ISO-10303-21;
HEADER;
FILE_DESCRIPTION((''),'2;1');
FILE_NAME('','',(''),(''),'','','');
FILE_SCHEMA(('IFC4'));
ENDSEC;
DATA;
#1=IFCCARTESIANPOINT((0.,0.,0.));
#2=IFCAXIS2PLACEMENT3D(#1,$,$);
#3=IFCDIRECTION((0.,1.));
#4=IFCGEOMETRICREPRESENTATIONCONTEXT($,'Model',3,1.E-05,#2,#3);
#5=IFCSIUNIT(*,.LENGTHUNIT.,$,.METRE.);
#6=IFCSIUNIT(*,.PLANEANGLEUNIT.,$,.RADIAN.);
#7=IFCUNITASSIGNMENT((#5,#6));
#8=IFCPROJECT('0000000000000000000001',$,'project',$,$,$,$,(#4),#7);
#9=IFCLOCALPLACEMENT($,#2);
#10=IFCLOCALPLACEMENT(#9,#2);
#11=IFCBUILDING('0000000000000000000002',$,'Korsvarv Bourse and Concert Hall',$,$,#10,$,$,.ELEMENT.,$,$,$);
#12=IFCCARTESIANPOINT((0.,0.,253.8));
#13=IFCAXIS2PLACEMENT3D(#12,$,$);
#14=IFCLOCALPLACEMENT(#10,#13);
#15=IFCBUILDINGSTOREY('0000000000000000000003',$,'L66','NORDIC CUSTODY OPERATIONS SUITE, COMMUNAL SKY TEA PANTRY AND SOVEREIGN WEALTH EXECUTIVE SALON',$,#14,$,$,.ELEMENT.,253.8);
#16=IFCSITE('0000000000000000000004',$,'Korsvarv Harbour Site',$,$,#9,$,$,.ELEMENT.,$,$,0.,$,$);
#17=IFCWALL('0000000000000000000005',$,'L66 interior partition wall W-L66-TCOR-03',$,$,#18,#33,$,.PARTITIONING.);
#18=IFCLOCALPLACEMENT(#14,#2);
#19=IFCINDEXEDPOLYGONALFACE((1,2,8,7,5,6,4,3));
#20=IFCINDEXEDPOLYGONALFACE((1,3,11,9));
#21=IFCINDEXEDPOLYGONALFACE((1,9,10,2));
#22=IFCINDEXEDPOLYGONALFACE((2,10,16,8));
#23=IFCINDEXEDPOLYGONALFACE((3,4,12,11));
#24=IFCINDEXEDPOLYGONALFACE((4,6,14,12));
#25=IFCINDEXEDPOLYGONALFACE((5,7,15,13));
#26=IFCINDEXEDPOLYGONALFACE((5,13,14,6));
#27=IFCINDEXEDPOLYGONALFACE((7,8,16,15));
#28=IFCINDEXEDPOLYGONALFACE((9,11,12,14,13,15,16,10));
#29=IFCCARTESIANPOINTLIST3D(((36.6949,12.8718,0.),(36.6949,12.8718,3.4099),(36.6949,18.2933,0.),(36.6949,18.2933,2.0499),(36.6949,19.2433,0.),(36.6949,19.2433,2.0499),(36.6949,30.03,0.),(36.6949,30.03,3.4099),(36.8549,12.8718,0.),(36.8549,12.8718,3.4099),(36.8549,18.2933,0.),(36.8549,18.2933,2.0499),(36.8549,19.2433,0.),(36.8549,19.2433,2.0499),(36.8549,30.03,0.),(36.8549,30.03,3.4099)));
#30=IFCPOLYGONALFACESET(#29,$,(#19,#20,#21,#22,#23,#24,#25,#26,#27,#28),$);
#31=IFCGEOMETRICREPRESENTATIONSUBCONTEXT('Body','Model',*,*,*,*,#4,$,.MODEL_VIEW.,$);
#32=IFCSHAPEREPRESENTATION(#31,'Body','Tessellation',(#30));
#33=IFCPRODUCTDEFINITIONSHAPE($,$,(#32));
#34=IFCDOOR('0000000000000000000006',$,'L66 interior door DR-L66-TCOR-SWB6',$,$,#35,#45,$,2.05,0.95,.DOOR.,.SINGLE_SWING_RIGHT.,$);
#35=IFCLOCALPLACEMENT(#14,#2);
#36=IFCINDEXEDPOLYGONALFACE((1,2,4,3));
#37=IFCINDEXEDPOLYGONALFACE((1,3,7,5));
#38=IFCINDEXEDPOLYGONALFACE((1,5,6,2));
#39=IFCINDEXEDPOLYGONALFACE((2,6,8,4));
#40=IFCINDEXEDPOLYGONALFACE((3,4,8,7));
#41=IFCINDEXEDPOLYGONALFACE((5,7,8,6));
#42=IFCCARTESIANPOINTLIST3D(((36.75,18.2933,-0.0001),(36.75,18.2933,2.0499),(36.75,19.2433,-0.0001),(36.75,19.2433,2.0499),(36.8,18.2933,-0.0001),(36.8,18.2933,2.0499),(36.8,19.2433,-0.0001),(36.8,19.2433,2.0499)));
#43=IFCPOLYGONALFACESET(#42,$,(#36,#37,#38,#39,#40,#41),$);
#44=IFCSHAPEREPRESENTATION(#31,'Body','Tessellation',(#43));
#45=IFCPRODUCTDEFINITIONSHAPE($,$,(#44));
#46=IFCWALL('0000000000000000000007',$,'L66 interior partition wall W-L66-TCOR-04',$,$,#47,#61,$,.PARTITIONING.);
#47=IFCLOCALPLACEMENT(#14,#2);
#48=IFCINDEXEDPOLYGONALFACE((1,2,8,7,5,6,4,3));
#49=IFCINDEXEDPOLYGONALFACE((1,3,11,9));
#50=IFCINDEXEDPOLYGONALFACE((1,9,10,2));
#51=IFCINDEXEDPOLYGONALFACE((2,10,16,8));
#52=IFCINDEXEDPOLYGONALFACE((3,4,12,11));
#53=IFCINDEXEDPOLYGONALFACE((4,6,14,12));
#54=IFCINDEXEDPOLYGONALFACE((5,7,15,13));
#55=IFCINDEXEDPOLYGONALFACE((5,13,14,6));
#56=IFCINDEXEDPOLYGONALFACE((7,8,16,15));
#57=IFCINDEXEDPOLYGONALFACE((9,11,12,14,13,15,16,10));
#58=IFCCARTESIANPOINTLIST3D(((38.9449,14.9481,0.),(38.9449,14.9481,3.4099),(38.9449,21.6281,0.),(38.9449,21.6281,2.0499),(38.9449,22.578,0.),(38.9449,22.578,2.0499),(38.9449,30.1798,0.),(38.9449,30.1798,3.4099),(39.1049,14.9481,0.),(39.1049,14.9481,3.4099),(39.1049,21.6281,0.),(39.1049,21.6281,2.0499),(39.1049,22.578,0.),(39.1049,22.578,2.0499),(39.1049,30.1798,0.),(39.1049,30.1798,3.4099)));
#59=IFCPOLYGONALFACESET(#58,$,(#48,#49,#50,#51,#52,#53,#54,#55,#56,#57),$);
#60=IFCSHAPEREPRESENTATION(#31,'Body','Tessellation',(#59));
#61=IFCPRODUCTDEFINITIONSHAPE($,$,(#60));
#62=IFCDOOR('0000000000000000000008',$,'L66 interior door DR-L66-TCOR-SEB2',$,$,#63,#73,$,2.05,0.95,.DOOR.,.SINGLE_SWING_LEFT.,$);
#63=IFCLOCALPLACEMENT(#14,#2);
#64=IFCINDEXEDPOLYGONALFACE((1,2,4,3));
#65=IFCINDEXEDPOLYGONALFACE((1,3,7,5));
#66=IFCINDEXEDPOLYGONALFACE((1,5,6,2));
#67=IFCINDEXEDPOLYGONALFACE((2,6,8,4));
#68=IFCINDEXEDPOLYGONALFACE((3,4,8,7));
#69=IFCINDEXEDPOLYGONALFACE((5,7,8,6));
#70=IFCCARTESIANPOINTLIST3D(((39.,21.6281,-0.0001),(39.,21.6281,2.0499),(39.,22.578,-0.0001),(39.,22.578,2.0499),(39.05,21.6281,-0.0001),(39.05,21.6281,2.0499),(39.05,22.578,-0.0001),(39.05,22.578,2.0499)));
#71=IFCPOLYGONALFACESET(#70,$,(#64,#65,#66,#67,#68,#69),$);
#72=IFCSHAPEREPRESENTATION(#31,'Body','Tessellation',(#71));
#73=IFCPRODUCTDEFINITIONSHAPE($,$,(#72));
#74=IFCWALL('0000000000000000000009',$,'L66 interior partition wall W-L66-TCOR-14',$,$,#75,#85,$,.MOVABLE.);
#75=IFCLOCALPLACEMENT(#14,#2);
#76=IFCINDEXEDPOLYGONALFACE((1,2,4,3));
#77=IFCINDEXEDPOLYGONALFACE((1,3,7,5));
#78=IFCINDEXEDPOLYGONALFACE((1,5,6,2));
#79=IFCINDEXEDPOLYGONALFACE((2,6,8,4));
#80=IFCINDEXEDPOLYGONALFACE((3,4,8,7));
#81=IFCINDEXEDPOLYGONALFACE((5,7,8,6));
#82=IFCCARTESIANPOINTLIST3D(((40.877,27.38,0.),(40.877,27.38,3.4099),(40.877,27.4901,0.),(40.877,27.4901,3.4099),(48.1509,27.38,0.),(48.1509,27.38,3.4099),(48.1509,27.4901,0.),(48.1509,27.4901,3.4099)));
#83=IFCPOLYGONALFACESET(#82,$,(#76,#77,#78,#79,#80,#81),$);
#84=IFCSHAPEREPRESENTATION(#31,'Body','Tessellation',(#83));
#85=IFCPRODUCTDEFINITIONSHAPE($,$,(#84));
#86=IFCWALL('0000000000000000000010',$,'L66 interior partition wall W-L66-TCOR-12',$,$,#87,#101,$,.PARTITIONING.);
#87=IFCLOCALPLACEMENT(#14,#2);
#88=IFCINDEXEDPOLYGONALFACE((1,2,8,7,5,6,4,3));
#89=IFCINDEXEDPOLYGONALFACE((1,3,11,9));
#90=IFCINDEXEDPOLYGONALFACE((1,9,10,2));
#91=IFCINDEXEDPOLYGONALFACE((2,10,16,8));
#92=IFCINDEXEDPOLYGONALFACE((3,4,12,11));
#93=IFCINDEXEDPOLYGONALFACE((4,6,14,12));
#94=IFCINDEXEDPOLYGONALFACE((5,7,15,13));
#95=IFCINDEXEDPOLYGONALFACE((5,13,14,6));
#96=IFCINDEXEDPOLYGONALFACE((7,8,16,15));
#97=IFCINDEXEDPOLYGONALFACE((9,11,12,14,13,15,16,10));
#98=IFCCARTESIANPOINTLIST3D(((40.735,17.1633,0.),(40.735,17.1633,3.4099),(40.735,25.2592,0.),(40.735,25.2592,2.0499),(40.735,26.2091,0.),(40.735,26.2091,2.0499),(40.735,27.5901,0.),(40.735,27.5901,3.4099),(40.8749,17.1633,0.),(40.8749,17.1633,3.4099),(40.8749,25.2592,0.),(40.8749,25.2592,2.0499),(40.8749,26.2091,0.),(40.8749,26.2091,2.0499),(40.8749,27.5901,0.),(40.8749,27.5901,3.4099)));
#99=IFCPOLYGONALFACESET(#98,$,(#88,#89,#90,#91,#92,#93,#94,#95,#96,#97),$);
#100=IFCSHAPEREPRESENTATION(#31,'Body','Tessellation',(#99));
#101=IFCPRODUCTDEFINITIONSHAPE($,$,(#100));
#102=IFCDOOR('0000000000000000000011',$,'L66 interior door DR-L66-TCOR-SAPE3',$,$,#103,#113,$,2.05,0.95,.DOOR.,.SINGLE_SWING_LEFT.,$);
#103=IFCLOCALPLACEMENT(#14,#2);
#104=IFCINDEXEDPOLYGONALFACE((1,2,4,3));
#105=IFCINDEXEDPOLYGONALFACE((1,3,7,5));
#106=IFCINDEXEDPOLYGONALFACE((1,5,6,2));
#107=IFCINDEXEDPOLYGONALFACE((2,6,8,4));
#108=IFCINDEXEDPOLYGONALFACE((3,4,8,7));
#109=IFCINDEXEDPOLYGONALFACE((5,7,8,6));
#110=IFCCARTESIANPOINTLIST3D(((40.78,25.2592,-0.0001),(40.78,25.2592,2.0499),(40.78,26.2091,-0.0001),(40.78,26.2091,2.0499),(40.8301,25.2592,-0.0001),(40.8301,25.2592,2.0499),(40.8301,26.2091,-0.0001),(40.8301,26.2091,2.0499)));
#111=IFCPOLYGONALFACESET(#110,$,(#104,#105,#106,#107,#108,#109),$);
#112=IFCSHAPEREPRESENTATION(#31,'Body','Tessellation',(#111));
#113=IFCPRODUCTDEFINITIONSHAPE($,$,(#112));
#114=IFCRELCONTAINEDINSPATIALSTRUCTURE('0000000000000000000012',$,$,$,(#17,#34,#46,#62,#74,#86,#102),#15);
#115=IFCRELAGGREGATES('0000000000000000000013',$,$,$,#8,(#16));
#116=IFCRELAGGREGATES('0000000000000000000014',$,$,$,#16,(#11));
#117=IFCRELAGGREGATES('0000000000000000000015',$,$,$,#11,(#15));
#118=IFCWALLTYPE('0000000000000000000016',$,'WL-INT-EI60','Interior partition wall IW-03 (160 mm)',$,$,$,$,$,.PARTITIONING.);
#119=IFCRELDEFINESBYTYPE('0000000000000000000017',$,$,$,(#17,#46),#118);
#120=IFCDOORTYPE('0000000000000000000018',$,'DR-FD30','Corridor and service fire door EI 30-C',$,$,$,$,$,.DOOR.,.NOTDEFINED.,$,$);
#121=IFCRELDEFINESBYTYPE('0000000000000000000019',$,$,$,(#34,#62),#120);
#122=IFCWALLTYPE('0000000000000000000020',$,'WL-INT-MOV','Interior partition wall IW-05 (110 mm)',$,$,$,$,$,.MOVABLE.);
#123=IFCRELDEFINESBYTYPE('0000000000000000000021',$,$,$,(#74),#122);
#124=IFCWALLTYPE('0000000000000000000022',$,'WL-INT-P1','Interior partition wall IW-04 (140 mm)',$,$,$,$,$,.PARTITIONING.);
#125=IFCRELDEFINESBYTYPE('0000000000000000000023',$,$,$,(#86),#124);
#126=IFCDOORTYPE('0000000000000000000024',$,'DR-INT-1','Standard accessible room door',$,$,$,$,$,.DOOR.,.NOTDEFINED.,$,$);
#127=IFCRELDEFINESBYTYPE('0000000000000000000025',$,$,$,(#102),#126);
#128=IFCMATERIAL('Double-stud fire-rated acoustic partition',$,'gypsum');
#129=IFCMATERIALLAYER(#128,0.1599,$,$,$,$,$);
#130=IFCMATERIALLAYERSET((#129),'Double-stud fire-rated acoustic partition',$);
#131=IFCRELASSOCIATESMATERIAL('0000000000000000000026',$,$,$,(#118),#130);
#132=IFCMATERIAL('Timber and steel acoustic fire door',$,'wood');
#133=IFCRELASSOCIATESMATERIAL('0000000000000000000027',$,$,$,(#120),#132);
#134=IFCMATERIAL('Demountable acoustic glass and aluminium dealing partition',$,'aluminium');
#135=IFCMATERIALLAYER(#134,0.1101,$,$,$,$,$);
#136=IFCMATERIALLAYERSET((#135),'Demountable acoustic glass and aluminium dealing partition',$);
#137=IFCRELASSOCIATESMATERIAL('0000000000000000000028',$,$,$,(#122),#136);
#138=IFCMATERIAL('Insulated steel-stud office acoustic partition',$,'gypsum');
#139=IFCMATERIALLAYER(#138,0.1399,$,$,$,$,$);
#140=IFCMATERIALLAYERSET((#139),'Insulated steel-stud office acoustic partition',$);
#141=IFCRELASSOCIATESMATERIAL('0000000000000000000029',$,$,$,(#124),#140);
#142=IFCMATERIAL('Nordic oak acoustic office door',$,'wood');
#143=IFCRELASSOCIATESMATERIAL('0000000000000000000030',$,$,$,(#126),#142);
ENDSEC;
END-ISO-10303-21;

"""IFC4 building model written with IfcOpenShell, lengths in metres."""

from ifc_helpers import new_model, si_unit, direction, frame, frame_2d, origin, place, context, subcontext, project, spatial, rectangle, extrude, material, layer, layer_set, type_object, element, fill, save


model = new_model("IFC4")

# Units and contexts
model_context = context("Model", 3, precision=1e-05, world=origin(), true_north=direction((0.0, 1.0)))
body_context = subcontext(model_context, "Body", "Model", "MODEL_VIEW")
ifc_project = project(units=[si_unit("LENGTHUNIT", "METRE"), si_unit("PLANEANGLEUNIT", "RADIAN")], contexts=[model_context])

# Site, building, storey
site_placement = place(None, origin())
site = spatial("IfcSite", under=ifc_project, at=site_placement, Name="Korsvarv Harbour Site", CompositionType="ELEMENT", RefElevation=0.0)
building_placement = place(site_placement, origin())
building = spatial("IfcBuilding", under=site, at=building_placement, Name="Korsvarv Bourse and Concert Hall", CompositionType="ELEMENT")
storey_placement = place(building_placement, frame((0.0, 0.0, 253.8)))
storey = spatial("IfcBuildingStorey", under=building, at=storey_placement, Name="L66", Description="NORDIC CUSTODY OPERATIONS SUITE, COMMUNAL SKY TEA PANTRY AND SOVEREIGN WEALTH EXECUTIVE SALON", CompositionType="ELEMENT", Elevation=253.8)

# Walls, openings, doors
ifc_material_1 = material(Name="Double-stud fire-rated acoustic partition", Category="gypsum")
ifc_layer_1 = layer(ifc_material_1, 0.1599)
ifc_layer_set_1 = layer_set([ifc_layer_1], Name="Double-stud fire-rated acoustic partition")
wall_type_1 = type_object("IfcWallType", Name="WL-INT-EI60", Description="Interior partition wall IW-03 (160 mm)", PredefinedType="PARTITIONING", material=ifc_layer_set_1)
wall_1_placement = place(storey_placement, frame((36.7749, 12.8718, 0.0), z_axis=(0.0, 0.0, 1.0), x_axis=(0.0, 1.0, 0.0)))
wall_1 = element("IfcWall", 1, at=wall_1_placement, inside=storey, type_object=wall_type_1, Name="L66 interior partition wall W-L66-TCOR-03", PredefinedType="PARTITIONING", context=body_context, shape_type="SweptSolid", body=[
    extrude(rectangle(XDim=17.1582, YDim=0.1599, at=frame_2d((8.5791, 0.0))), origin(), (0.0, 0.0, 1.0), 3.4099),
])
opening_1_placement = place(wall_1_placement, frame((5.4214, 0.0, 0.0)))
opening_1 = element("IfcOpeningElement", 2, at=opening_1_placement, cuts=wall_1, PredefinedType="OPENING", context=body_context, shape_type="SweptSolid", body=[
    extrude(rectangle(XDim=0.95, YDim=2.05, at=frame_2d((0.4751, 1.0249))), frame((0.0, 0.0898, 0.0), z_axis=(0.0, -1.0, 0.0), x_axis=(1.0, 0.0, 0.0)), (0.0, 0.0, 1.0), 0.1799),
])
ifc_material_2 = material(Name="Timber and steel acoustic fire door", Category="wood")
door_type_1 = type_object("IfcDoorType", Name="DR-FD30", Description="Corridor and service fire door EI 30-C", OperationType="NOTDEFINED", PredefinedType="DOOR", material=ifc_material_2)
door_1_placement = place(opening_1_placement, origin())
door_1 = element("IfcDoor", 3, at=door_1_placement, inside=storey, type_object=door_type_1, Name="L66 interior door DR-L66-TCOR-SWB6", OperationType="SINGLE_SWING_RIGHT", OverallHeight=2.05, OverallWidth=0.95, PredefinedType="DOOR", context=body_context, shape_type="SweptSolid", body=[
    extrude(rectangle(XDim=0.95, YDim=2.05, at=frame_2d((0.4751, 1.0249))), frame((0.0, 0.0249, 0.0), z_axis=(0.0, -1.0, 0.0), x_axis=(1.0, 0.0, 0.0)), (0.0, 0.0, 1.0), 0.05),
])
fill(opening_1, door_1)
wall_2_placement = place(storey_placement, frame((39.0249, 14.9482, 0.0), z_axis=(0.0, 0.0, 1.0), x_axis=(0.0, 1.0, 0.0)))
wall_2 = element("IfcWall", 4, at=wall_2_placement, inside=storey, type_object=wall_type_1, Name="L66 interior partition wall W-L66-TCOR-04", PredefinedType="PARTITIONING", context=body_context, shape_type="SweptSolid", body=[
    extrude(rectangle(XDim=15.2317, YDim=0.1599, at=frame_2d((7.6157, 0.0))), origin(), (0.0, 0.0, 1.0), 3.4099),
])
opening_2_placement = place(wall_2_placement, frame((6.6797, 0.0, 0.0)))
opening_2 = element("IfcOpeningElement", 5, at=opening_2_placement, cuts=wall_2, PredefinedType="OPENING", context=body_context, shape_type="SweptSolid", body=[
    extrude(rectangle(XDim=0.95, YDim=2.05, at=frame_2d((0.4751, 1.0249))), frame((0.0, 0.0898, 0.0), z_axis=(0.0, -1.0, 0.0), x_axis=(1.0, 0.0, 0.0)), (0.0, 0.0, 1.0), 0.1799),
])
door_2_placement = place(opening_2_placement, origin())
door_2 = element("IfcDoor", 6, at=door_2_placement, inside=storey, type_object=door_type_1, Name="L66 interior door DR-L66-TCOR-SEB2", OperationType="SINGLE_SWING_LEFT", OverallHeight=2.05, OverallWidth=0.95, PredefinedType="DOOR", context=body_context, shape_type="SweptSolid", body=[
    extrude(rectangle(XDim=0.95, YDim=2.05, at=frame_2d((0.4751, 1.0249))), frame((0.0, 0.0249, 0.0), z_axis=(0.0, -1.0, 0.0), x_axis=(1.0, 0.0, 0.0)), (0.0, 0.0, 1.0), 0.05),
])
fill(opening_2, door_2)

# Wall
ifc_material_3 = material(Name="Demountable acoustic glass and aluminium dealing partition", Category="aluminium")
ifc_layer_2 = layer(ifc_material_3, 0.1101)
ifc_layer_set_2 = layer_set([ifc_layer_2], Name="Demountable acoustic glass and aluminium dealing partition")
wall_type_2 = type_object("IfcWallType", Name="WL-INT-MOV", Description="Interior partition wall IW-05 (110 mm)", PredefinedType="MOVABLE", material=ifc_layer_set_2)
wall_3_placement = place(storey_placement, frame((40.877, 27.4351, 0.0), z_axis=(0.0, 0.0, 1.0), x_axis=(1.0, 0.0, 0.0)))
element("IfcWall", 7, at=wall_3_placement, inside=storey, type_object=wall_type_2, Name="L66 interior partition wall W-L66-TCOR-14", PredefinedType="MOVABLE", context=body_context, shape_type="SweptSolid", body=[
    extrude(rectangle(XDim=7.2739, YDim=0.1101, at=frame_2d((3.637, 0.0))), origin(), (0.0, 0.0, 1.0), 3.4099),
])

# Wall, opening, door
ifc_material_4 = material(Name="Insulated steel-stud office acoustic partition", Category="gypsum")
ifc_layer_3 = layer(ifc_material_4, 0.1399)
ifc_layer_set_3 = layer_set([ifc_layer_3], Name="Insulated steel-stud office acoustic partition")
wall_type_3 = type_object("IfcWallType", Name="WL-INT-P1", Description="Interior partition wall IW-04 (140 mm)", PredefinedType="PARTITIONING", material=ifc_layer_set_3)
wall_4_placement = place(storey_placement, frame((40.8049, 17.1633, 0.0), z_axis=(0.0, 0.0, 1.0), x_axis=(0.0, 1.0, 0.0)))
wall_4 = element("IfcWall", 8, at=wall_4_placement, inside=storey, type_object=wall_type_3, Name="L66 interior partition wall W-L66-TCOR-12", PredefinedType="PARTITIONING", context=body_context, shape_type="SweptSolid", body=[
    extrude(rectangle(XDim=10.4268, YDim=0.1399, at=frame_2d((5.2134, 0.0))), origin(), (0.0, 0.0, 1.0), 3.4099),
])
opening_3_placement = place(wall_4_placement, frame((8.0957, 0.0, 0.0)))
opening_3 = element("IfcOpeningElement", 9, at=opening_3_placement, cuts=wall_4, PredefinedType="OPENING", context=body_context, shape_type="SweptSolid", body=[
    extrude(rectangle(XDim=0.95, YDim=2.05, at=frame_2d((0.4751, 1.0249))), frame((0.0, 0.0801, 0.0), z_axis=(0.0, -1.0, 0.0), x_axis=(1.0, 0.0, 0.0)), (0.0, 0.0, 1.0), 0.1599),
])
ifc_material_5 = material(Name="Nordic oak acoustic office door", Category="wood")
door_type_2 = type_object("IfcDoorType", Name="DR-INT-1", Description="Standard accessible room door", OperationType="NOTDEFINED", PredefinedType="DOOR", material=ifc_material_5)
door_3_placement = place(opening_3_placement, origin())
door_3 = element("IfcDoor", 10, at=door_3_placement, inside=storey, type_object=door_type_2, Name="L66 interior door DR-L66-TCOR-SAPE3", OperationType="SINGLE_SWING_LEFT", OverallHeight=2.05, OverallWidth=0.95, PredefinedType="DOOR", context=body_context, shape_type="SweptSolid", body=[
    extrude(rectangle(XDim=0.95, YDim=2.05, at=frame_2d((0.4751, 1.0249))), frame((0.0, 0.0249, 0.0), z_axis=(0.0, -1.0, 0.0), x_axis=(1.0, 0.0, 0.0)), (0.0, 0.0, 1.0), 0.05),
])
fill(opening_3, door_3)

save(model, "model.ifc")
